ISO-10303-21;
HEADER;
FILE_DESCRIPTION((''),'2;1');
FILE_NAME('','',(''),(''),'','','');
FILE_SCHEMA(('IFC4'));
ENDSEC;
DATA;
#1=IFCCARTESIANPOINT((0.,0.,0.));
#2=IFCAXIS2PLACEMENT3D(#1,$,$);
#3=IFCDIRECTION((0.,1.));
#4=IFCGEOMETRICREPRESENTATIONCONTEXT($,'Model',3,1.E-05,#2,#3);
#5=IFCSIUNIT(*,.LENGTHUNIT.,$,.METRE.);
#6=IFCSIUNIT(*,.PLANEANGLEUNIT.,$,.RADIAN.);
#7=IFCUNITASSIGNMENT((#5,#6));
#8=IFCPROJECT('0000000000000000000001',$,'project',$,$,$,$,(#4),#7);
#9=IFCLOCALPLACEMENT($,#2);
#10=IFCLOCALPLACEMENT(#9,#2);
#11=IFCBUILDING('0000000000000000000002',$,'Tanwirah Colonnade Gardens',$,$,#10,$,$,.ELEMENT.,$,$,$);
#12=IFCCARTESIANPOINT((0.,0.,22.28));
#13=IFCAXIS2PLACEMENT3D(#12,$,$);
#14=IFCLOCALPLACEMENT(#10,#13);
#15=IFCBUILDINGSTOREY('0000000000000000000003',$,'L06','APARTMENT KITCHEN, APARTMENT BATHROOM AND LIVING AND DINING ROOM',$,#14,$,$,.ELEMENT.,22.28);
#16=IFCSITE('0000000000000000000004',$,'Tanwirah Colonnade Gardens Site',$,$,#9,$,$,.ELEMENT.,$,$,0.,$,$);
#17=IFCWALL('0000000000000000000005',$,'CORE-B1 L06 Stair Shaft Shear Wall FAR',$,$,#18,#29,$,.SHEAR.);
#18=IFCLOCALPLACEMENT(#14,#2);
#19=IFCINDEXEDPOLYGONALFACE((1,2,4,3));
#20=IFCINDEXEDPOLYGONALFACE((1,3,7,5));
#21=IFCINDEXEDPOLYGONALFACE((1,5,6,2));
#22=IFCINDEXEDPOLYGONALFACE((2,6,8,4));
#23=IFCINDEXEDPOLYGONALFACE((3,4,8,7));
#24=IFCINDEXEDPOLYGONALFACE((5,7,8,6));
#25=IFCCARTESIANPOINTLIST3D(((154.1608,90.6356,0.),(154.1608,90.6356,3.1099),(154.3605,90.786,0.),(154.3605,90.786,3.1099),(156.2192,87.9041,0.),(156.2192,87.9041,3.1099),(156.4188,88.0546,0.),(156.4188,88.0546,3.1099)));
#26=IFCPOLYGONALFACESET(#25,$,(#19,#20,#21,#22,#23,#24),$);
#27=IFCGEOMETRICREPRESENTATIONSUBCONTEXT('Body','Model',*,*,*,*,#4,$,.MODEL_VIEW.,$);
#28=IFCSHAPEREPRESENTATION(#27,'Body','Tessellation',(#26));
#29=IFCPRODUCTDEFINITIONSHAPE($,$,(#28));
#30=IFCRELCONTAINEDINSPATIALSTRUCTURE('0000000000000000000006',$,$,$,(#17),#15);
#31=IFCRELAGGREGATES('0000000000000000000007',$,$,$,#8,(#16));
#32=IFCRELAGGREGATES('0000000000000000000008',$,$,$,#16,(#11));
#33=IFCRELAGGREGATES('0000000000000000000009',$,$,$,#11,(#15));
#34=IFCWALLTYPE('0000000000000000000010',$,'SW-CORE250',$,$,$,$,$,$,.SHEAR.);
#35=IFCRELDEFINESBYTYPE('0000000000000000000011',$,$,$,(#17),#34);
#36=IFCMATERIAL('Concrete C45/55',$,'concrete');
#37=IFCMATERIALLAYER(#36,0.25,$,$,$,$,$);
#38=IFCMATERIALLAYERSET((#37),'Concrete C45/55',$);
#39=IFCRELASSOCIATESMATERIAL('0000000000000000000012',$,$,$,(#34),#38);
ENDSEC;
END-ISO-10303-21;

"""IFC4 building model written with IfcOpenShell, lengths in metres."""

from ifc_helpers import new_model, si_unit, direction, frame, frame_2d, origin, place, context, subcontext, project, spatial, rectangle, extrude, material, layer, layer_set, type_object, element, save


model = new_model("IFC4")

# Units and contexts
model_context = context("Model", 3, precision=1e-05, world=origin(), true_north=direction((0.0, 1.0)))
body_context = subcontext(model_context, "Body", "Model", "MODEL_VIEW")
ifc_project = project(units=[si_unit("LENGTHUNIT", "METRE"), si_unit("PLANEANGLEUNIT", "RADIAN")], contexts=[model_context])

# Site, building, storey
site_placement = place(None, origin())
site = spatial("IfcSite", under=ifc_project, at=site_placement, Name="Tanwirah Colonnade Gardens Site", CompositionType="ELEMENT", RefElevation=0.0)
building_placement = place(site_placement, origin())
building = spatial("IfcBuilding", under=site, at=building_placement, Name="Tanwirah Colonnade Gardens", CompositionType="ELEMENT")
storey_placement = place(building_placement, frame((0.0, 0.0, 22.28)))
storey = spatial("IfcBuildingStorey", under=building, at=storey_placement, Name="L06", Description="APARTMENT KITCHEN, APARTMENT BATHROOM AND LIVING AND DINING ROOM", CompositionType="ELEMENT", Elevation=22.28)

# Wall
ifc_material_1 = material(Name="Concrete C45/55", Category="concrete")
ifc_layer_1 = layer(ifc_material_1, 0.25)
ifc_layer_set_1 = layer_set([ifc_layer_1], Name="Concrete C45/55")
wall_type_1 = type_object("IfcWallType", Name="SW-CORE250", PredefinedType="SHEAR", material=ifc_layer_set_1)
wall_1_placement = place(storey_placement, frame((154.2607, 90.7107, 0.0), z_axis=(0.0, 0.0, 1.0), x_axis=(0.601826, -0.798627, 0.0)))
element("IfcWall", 1, at=wall_1_placement, inside=storey, type_object=wall_type_1, Name="CORE-B1 L06 Stair Shaft Shear Wall FAR", PredefinedType="SHEAR", context=body_context, shape_type="SweptSolid", body=[
    extrude(rectangle(XDim=3.4202, YDim=0.25, at=frame_2d((1.71, 0.0))), origin(), (0.0, 0.0, 1.0), 3.1099),
])

save(model, "model.ifc")
